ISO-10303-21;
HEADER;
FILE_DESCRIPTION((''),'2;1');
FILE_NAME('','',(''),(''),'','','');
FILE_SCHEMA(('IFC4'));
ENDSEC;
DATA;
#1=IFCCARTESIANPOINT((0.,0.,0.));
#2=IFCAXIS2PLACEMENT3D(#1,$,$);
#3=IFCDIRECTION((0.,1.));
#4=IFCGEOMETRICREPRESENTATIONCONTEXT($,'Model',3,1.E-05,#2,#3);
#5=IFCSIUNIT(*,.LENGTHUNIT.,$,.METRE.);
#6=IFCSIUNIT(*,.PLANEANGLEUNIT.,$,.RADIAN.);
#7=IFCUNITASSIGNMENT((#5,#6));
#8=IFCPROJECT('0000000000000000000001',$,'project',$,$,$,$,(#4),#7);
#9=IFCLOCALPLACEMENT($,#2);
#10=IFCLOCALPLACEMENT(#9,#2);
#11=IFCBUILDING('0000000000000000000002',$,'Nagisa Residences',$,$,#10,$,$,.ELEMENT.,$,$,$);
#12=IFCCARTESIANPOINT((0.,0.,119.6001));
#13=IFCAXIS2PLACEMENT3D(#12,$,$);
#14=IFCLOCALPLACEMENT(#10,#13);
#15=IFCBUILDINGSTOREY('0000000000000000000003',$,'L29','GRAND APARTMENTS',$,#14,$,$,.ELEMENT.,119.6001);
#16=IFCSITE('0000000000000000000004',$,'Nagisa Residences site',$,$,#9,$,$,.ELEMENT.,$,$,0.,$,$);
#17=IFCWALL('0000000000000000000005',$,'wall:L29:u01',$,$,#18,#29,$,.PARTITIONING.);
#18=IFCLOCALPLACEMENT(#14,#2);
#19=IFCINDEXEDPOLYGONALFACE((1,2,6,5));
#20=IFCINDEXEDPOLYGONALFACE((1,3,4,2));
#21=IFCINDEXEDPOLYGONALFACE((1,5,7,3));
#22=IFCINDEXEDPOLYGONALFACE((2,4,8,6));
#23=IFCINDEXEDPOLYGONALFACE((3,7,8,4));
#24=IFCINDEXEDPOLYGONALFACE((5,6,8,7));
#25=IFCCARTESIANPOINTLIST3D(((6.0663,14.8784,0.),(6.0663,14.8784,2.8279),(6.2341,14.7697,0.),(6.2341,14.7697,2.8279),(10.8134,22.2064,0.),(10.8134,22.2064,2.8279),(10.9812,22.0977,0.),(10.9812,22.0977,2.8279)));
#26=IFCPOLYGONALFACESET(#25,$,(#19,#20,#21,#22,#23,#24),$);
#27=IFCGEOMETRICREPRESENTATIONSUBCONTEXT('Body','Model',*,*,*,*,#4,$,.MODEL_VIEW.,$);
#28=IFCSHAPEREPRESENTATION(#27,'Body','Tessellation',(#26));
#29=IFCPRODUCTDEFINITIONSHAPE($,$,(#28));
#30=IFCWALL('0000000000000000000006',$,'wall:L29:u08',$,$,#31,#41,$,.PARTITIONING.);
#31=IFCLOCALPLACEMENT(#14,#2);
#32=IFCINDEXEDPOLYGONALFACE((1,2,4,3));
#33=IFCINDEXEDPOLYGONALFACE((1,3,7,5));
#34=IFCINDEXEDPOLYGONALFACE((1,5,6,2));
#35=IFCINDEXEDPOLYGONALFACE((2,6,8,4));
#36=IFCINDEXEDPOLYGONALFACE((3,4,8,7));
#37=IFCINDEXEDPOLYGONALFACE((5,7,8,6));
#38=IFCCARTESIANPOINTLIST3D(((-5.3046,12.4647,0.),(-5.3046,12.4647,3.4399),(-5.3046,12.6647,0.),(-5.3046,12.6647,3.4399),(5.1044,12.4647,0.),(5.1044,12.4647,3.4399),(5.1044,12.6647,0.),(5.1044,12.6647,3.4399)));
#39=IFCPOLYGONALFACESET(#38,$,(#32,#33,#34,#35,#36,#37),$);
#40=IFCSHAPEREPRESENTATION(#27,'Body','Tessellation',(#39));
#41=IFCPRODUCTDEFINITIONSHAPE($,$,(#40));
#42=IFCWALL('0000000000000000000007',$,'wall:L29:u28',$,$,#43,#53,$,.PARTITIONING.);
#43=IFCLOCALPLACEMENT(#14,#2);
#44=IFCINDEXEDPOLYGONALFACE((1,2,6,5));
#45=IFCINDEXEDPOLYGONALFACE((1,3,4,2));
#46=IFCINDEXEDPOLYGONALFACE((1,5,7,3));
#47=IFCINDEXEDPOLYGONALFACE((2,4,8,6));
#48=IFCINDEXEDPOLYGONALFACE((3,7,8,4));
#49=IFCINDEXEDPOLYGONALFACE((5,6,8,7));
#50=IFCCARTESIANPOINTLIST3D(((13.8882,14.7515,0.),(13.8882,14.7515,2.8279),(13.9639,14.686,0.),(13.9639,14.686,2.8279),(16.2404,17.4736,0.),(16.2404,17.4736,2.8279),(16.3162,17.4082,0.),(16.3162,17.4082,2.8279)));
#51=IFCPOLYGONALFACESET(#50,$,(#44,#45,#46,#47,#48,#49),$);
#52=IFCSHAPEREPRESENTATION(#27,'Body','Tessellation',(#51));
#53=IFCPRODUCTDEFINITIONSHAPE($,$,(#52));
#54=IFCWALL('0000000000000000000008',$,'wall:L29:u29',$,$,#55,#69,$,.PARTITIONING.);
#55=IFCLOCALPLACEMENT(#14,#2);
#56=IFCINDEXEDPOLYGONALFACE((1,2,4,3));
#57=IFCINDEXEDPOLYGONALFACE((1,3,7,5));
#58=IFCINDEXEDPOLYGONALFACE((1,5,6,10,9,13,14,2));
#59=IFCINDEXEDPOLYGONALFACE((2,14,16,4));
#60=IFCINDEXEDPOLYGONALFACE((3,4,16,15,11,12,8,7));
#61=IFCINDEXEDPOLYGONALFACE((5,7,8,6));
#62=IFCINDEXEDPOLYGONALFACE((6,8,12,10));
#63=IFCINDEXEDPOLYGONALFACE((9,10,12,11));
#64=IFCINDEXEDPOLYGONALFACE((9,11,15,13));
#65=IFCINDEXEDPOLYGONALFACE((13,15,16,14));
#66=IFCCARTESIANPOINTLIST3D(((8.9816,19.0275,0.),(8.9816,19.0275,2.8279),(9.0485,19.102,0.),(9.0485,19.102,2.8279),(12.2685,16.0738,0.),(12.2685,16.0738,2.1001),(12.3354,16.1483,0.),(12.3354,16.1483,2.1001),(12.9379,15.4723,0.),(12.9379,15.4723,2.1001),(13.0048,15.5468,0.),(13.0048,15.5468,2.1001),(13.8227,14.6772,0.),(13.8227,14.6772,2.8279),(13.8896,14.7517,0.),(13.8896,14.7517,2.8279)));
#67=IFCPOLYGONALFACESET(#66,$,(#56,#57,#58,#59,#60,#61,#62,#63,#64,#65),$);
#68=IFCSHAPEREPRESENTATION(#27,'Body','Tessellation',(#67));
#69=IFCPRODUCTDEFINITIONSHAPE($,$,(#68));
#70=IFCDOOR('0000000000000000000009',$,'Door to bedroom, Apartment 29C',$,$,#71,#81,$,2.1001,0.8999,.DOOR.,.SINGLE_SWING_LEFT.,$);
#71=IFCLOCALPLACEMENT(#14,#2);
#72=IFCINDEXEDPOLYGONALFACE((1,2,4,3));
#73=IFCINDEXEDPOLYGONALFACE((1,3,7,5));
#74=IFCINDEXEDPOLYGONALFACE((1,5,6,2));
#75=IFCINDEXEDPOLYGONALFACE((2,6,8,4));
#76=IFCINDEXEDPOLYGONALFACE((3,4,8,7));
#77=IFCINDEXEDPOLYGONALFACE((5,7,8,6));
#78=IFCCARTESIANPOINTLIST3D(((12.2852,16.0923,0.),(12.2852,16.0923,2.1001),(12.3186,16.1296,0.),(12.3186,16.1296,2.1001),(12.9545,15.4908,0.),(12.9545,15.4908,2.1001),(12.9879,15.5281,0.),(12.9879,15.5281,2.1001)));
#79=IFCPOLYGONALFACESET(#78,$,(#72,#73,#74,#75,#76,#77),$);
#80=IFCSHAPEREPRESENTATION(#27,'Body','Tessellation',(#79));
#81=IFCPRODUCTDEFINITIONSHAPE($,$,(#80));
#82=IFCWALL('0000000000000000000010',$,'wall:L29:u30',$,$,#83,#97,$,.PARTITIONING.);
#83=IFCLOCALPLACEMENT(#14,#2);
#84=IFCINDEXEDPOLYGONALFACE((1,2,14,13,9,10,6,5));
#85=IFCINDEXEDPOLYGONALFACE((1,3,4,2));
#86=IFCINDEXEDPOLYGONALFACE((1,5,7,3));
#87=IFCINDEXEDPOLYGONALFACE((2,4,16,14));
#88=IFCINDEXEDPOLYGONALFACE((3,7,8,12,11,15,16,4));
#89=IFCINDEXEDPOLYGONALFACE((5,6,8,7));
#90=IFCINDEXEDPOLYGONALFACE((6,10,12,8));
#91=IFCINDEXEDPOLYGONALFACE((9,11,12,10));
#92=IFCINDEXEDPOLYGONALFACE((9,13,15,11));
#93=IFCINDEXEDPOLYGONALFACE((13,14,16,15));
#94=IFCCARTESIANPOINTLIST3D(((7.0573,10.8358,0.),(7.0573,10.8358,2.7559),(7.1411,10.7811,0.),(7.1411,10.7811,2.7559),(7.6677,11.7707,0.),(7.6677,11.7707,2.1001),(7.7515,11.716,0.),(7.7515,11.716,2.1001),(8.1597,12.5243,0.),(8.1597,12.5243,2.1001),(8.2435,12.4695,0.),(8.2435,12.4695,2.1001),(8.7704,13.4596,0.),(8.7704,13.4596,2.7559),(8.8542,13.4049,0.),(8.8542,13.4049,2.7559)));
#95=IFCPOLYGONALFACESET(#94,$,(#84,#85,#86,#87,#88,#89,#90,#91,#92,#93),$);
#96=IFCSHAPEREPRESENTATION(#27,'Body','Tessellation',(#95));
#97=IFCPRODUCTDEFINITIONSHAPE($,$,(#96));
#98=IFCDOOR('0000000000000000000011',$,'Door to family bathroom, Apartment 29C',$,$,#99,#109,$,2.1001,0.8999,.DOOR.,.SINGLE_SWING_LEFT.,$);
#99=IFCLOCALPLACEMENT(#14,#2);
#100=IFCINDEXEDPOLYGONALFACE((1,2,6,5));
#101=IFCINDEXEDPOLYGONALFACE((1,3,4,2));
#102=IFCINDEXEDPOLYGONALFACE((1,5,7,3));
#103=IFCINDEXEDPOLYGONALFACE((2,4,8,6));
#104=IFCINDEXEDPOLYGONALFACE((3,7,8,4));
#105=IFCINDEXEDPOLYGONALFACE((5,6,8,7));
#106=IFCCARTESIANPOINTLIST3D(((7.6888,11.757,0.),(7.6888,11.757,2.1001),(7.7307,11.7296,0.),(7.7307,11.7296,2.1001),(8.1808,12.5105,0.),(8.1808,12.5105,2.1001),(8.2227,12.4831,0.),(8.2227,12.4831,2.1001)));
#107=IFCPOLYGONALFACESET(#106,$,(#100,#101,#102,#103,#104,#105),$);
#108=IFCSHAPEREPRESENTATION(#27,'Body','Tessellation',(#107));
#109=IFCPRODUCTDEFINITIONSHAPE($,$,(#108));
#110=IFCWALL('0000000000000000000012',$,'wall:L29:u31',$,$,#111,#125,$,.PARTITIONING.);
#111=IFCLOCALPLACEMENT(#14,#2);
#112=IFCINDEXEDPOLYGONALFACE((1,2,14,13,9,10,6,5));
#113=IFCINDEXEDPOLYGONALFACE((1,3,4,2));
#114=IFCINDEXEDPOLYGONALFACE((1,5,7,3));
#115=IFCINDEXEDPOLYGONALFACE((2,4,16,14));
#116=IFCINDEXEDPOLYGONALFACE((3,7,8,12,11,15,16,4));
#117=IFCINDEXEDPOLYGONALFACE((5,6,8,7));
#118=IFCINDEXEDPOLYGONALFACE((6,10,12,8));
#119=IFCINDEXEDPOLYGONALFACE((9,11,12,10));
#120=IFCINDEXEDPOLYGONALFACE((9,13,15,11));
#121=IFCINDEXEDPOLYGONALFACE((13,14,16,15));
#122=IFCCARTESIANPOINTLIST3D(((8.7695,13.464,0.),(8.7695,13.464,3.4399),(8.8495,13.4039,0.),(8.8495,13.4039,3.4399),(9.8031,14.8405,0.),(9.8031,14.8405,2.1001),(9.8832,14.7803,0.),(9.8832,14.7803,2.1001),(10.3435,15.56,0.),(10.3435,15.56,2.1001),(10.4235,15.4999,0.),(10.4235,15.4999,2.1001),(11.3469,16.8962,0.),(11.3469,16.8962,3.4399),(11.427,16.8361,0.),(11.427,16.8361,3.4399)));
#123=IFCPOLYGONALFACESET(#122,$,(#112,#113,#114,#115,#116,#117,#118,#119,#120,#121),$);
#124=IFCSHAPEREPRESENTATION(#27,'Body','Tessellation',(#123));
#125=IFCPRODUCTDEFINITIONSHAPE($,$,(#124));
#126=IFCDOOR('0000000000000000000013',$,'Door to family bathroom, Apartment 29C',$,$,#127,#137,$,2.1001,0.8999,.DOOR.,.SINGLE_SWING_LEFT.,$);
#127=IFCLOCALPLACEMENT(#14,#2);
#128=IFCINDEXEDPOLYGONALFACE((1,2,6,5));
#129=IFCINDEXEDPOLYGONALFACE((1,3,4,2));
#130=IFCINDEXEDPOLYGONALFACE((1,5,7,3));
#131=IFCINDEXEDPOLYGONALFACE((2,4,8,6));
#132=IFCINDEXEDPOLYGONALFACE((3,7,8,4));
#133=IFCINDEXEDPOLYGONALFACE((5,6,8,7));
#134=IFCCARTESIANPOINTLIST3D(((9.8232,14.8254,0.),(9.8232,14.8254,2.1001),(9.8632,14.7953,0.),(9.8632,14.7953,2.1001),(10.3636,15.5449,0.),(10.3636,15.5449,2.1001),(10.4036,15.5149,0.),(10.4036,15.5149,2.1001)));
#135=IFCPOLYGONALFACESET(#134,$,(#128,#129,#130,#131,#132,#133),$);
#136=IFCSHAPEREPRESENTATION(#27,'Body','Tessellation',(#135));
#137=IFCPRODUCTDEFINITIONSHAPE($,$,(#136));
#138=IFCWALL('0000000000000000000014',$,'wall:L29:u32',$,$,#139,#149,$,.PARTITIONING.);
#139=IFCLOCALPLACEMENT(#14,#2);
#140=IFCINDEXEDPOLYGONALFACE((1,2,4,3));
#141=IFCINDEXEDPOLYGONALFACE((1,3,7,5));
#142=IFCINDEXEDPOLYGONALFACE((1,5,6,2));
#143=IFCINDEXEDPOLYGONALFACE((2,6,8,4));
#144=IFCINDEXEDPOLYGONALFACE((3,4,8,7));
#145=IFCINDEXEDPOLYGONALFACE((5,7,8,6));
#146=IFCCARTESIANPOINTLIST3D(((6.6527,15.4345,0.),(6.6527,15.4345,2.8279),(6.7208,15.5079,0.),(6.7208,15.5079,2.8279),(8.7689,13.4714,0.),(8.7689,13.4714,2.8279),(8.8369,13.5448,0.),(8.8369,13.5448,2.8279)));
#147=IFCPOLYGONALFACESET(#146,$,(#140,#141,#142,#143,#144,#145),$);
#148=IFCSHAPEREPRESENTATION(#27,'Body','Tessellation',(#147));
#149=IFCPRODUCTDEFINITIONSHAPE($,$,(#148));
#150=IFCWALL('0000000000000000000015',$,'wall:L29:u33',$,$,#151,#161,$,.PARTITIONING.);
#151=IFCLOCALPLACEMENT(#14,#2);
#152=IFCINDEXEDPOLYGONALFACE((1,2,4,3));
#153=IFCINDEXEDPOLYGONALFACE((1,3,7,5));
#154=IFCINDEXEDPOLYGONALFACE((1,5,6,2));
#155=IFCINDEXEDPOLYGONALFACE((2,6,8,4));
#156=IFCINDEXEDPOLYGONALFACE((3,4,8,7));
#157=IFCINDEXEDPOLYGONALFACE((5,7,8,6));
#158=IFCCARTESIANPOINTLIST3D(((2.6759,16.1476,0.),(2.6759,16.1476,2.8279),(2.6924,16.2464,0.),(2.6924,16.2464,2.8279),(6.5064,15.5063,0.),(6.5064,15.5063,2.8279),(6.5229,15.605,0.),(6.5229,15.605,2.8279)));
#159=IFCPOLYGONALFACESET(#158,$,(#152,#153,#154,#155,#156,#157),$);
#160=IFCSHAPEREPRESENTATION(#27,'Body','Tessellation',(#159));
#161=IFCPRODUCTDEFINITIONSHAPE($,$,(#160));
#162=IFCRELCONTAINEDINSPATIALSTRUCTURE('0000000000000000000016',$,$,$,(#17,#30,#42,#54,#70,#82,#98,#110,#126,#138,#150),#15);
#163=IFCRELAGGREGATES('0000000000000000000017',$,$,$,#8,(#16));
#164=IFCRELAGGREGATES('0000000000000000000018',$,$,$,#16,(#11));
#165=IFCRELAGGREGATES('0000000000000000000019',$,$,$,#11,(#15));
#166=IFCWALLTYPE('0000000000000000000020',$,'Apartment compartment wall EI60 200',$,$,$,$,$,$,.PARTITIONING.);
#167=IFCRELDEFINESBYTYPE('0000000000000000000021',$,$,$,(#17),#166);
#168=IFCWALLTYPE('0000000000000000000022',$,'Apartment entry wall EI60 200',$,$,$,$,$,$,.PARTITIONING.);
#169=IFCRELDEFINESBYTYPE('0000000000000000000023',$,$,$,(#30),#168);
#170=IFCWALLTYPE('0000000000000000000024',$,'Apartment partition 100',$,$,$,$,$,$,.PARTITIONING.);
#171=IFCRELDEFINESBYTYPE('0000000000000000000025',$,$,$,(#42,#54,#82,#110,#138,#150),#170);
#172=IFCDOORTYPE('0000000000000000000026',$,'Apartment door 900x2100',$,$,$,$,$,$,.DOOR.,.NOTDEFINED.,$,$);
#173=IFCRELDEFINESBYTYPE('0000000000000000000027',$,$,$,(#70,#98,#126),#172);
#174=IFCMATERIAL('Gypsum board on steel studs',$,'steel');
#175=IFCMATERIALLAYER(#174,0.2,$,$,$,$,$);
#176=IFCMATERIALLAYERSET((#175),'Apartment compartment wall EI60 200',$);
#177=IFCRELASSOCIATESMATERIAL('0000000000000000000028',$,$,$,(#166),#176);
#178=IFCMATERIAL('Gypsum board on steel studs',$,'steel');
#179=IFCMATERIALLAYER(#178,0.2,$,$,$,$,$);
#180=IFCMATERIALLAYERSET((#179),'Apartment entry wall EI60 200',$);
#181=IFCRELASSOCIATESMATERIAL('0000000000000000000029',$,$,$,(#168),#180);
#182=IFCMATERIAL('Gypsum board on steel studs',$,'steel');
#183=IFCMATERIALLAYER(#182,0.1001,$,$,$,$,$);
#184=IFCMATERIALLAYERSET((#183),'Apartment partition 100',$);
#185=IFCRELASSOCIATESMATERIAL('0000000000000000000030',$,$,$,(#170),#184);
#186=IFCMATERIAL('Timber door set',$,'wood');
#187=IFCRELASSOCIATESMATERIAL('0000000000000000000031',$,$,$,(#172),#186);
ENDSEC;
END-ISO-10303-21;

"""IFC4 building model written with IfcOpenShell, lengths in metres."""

from ifc_helpers import new_model, si_unit, direction, frame, frame_2d, origin, place, context, subcontext, project, spatial, rectangle, extrude, material, layer, layer_set, type_object, element, fill, save


model = new_model("IFC4")

# Units and contexts
model_context = context("Model", 3, precision=1e-05, world=origin(), true_north=direction((0.0, 1.0)))
body_context = subcontext(model_context, "Body", "Model", "MODEL_VIEW")
ifc_project = project(units=[si_unit("LENGTHUNIT", "METRE"), si_unit("PLANEANGLEUNIT", "RADIAN")], contexts=[model_context])

# Site, building, storey
site_placement = place(None, origin())
site = spatial("IfcSite", under=ifc_project, at=site_placement, Name="Nagisa Residences site", CompositionType="ELEMENT", RefElevation=0.0)
building_placement = place(site_placement, origin())
building = spatial("IfcBuilding", under=site, at=building_placement, Name="Nagisa Residences", CompositionType="ELEMENT")
storey_placement = place(building_placement, frame((0.0, 0.0, 119.6001)))
storey = spatial("IfcBuildingStorey", under=building, at=storey_placement, Name="L29", Description="GRAND APARTMENTS", CompositionType="ELEMENT", Elevation=119.6001)

# Walls
ifc_material_1 = material(Name="Gypsum board on steel studs", Category="steel")
ifc_layer_1 = layer(ifc_material_1, 0.2)
ifc_layer_set_1 = layer_set([ifc_layer_1], Name="Apartment compartment wall EI60 200")
wall_type_1 = type_object("IfcWallType", Name="Apartment compartment wall EI60 200", PredefinedType="PARTITIONING", material=ifc_layer_set_1)
wall_1_placement = place(storey_placement, frame((6.1501, 14.824, 0.0), z_axis=(0.0, 0.0, 1.0), x_axis=(0.543695, 0.839283, 0.0)))
element("IfcWall", 1, at=wall_1_placement, inside=storey, type_object=wall_type_1, Name="wall:L29:u01", PredefinedType="PARTITIONING", context=body_context, shape_type="SweptSolid", body=[
    extrude(rectangle(XDim=8.7312, YDim=0.2, at=frame_2d((4.3657, 0.0))), origin(), (0.0, 0.0, 1.0), 2.8279),
])
ifc_material_2 = material(Name="Gypsum board on steel studs", Category="steel")
ifc_layer_2 = layer(ifc_material_2, 0.2)
ifc_layer_set_2 = layer_set([ifc_layer_2], Name="Apartment entry wall EI60 200")
wall_type_2 = type_object("IfcWallType", Name="Apartment entry wall EI60 200", PredefinedType="PARTITIONING", material=ifc_layer_set_2)
wall_2_placement = place(storey_placement, frame((5.1045, 12.5647, 0.0), z_axis=(0.0, 0.0, 1.0), x_axis=(-1.0, 0.0, 0.0)))
element("IfcWall", 2, at=wall_2_placement, inside=storey, type_object=wall_type_2, Name="wall:L29:u08", PredefinedType="PARTITIONING", context=body_context, shape_type="SweptSolid", body=[
    extrude(rectangle(XDim=10.4089, YDim=0.2, at=frame_2d((5.2046, 0.0))), origin(), (0.0, 0.0, 1.0), 3.4399),
])
ifc_material_3 = material(Name="Gypsum board on steel studs", Category="steel")
ifc_layer_3 = layer(ifc_material_3, 0.1001)
ifc_layer_set_3 = layer_set([ifc_layer_3], Name="Apartment partition 100")
wall_type_3 = type_object("IfcWallType", Name="Apartment partition 100", PredefinedType="PARTITIONING", material=ifc_layer_set_3)
wall_3_placement = place(storey_placement, frame((13.926, 14.7188, 0.0), z_axis=(0.0, 0.0, 1.0), x_axis=(0.653832, 0.75664, 0.0)))
element("IfcWall", 3, at=wall_3_placement, inside=storey, type_object=wall_type_3, Name="wall:L29:u28", PredefinedType="PARTITIONING", context=body_context, shape_type="SweptSolid", body=[
    extrude(rectangle(XDim=3.5977, YDim=0.1001, at=frame_2d((1.7988, 0.0))), origin(), (0.0, 0.0, 1.0), 2.8279),
])

# Walls, openings, doors
wall_4_placement = place(storey_placement, frame((13.8562, 14.7144, 0.0), z_axis=(0.0, 0.0, 1.0), x_axis=(-0.743799, 0.668403, 0.0)))
wall_4 = element("IfcWall", 4, at=wall_4_placement, inside=storey, type_object=wall_type_3, Name="wall:L29:u29", PredefinedType="PARTITIONING", context=body_context, shape_type="SweptSolid", body=[
    extrude(rectangle(XDim=6.5085, YDim=0.1001, at=frame_2d((3.2544, 0.0))), origin(), (0.0, 0.0, 1.0), 2.8279),
])
opening_1_placement = place(wall_4_placement, frame((1.1897, 0.0, 0.0)))
opening_1 = element("IfcOpeningElement", 5, at=opening_1_placement, cuts=wall_4, PredefinedType="OPENING", context=body_context, shape_type="SweptSolid", body=[
    extrude(rectangle(XDim=0.8999, YDim=2.1001, at=frame_2d((0.45, 1.05))), frame((0.0, 0.0601, 0.0), z_axis=(0.0, -1.0, 0.0), x_axis=(1.0, 0.0, 0.0)), (0.0, 0.0, 1.0), 0.1201),
])
ifc_material_4 = material(Name="Timber door set", Category="wood")
door_type_1 = type_object("IfcDoorType", Name="Apartment door 900x2100", OperationType="NOTDEFINED", PredefinedType="DOOR", material=ifc_material_4)
door_1_placement = place(opening_1_placement, frame((0.8999, 0.0, 0.0), x_axis=(-1.0, 0.0, 0.0)))
door_1 = element("IfcDoor", 6, at=door_1_placement, inside=storey, type_object=door_type_1, Name="Door to bedroom, Apartment 29C", OperationType="SINGLE_SWING_LEFT", OverallHeight=2.1001, OverallWidth=0.8999, PredefinedType="DOOR", context=body_context, shape_type="SweptSolid", body=[
    extrude(rectangle(XDim=0.8999, YDim=2.1001, at=frame_2d((0.45, 1.05))), frame((0.0, 0.0249, 0.0), z_axis=(0.0, -1.0, 0.0), x_axis=(1.0, 0.0, 0.0)), (0.0, 0.0, 1.0), 0.05),
])
fill(opening_1, door_1)
wall_5_placement = place(storey_placement, frame((7.0991, 10.8083, 0.0), z_axis=(0.0, 0.0, 1.0), x_axis=(0.54671, 0.837322, 0.0)))
wall_5 = element("IfcWall", 7, at=wall_5_placement, inside=storey, type_object=wall_type_3, Name="wall:L29:u30", PredefinedType="PARTITIONING", context=body_context, shape_type="SweptSolid", body=[
    extrude(rectangle(XDim=3.1335, YDim=0.1001, at=frame_2d((1.5669, 0.0))), origin(), (0.0, 0.0, 1.0), 2.7559),
])
opening_2_placement = place(wall_5_placement, frame((1.1167, 0.0, 0.0)))
opening_2 = element("IfcOpeningElement", 8, at=opening_2_placement, cuts=wall_5, PredefinedType="OPENING", context=body_context, shape_type="SweptSolid", body=[
    extrude(rectangle(XDim=0.8999, YDim=2.1001, at=frame_2d((0.45, 1.05))), frame((0.0, 0.0601, 0.0), z_axis=(0.0, -1.0, 0.0), x_axis=(1.0, 0.0, 0.0)), (0.0, 0.0, 1.0), 0.1201),
])
door_2_placement = place(opening_2_placement, origin())
door_2 = element("IfcDoor", 9, at=door_2_placement, inside=storey, type_object=door_type_1, Name="Door to family bathroom, Apartment 29C", OperationType="SINGLE_SWING_LEFT", OverallHeight=2.1001, OverallWidth=0.8999, PredefinedType="DOOR", context=body_context, shape_type="SweptSolid", body=[
    extrude(rectangle(XDim=0.8999, YDim=2.1001, at=frame_2d((0.45, 1.05))), frame((0.0, 0.0249, 0.0), z_axis=(0.0, -1.0, 0.0), x_axis=(1.0, 0.0, 0.0)), (0.0, 0.0, 1.0), 0.05),
])
fill(opening_2, door_2)
wall_6_placement = place(storey_placement, frame((8.8096, 13.4341, 0.0), z_axis=(0.0, 0.0, 1.0), x_axis=(0.600491, 0.799631, 0.0)))
wall_6 = element("IfcWall", 10, at=wall_6_placement, inside=storey, type_object=wall_type_3, Name="wall:L29:u31", PredefinedType="PARTITIONING", context=body_context, shape_type="SweptSolid", body=[
    extrude(rectangle(XDim=4.2922, YDim=0.1001, at=frame_2d((2.146, 0.0))), origin(), (0.0, 0.0, 1.0), 3.4399),
])
opening_3_placement = place(wall_6_placement, frame((1.7212, 0.0, 0.0)))
opening_3 = element("IfcOpeningElement", 11, at=opening_3_placement, cuts=wall_6, PredefinedType="OPENING", context=body_context, shape_type="SweptSolid", body=[
    extrude(rectangle(XDim=0.8999, YDim=2.1001, at=frame_2d((0.45, 1.05))), frame((0.0, 0.0601, 0.0), z_axis=(0.0, -1.0, 0.0), x_axis=(1.0, 0.0, 0.0)), (0.0, 0.0, 1.0), 0.1201),
])
door_3_placement = place(opening_3_placement, origin())
door_3 = element("IfcDoor", 12, at=door_3_placement, inside=storey, type_object=door_type_1, Name="Door to family bathroom, Apartment 29C", OperationType="SINGLE_SWING_LEFT", OverallHeight=2.1001, OverallWidth=0.8999, PredefinedType="DOOR", context=body_context, shape_type="SweptSolid", body=[
    extrude(rectangle(XDim=0.8999, YDim=2.1001, at=frame_2d((0.45, 1.05))), frame((0.0, 0.0249, 0.0), z_axis=(0.0, -1.0, 0.0), x_axis=(1.0, 0.0, 0.0)), (0.0, 0.0, 1.0), 0.05),
])
fill(opening_3, door_3)

# Walls
wall_7_placement = place(storey_placement, frame((8.803, 13.5081, 0.0), z_axis=(0.0, 0.0, 1.0), x_axis=(-0.733125, 0.680094, 0.0)))
element("IfcWall", 13, at=wall_7_placement, inside=storey, type_object=wall_type_3, Name="wall:L29:u32", PredefinedType="PARTITIONING", context=body_context, shape_type="SweptSolid", body=[
    extrude(rectangle(XDim=2.8865, YDim=0.1001, at=frame_2d((1.4434, 0.0))), origin(), (0.0, 0.0, 1.0), 2.8279),
])
wall_8_placement = place(storey_placement, frame((6.5146, 15.5557, 0.0), z_axis=(0.0, 0.0, 1.0), x_axis=(-0.986271, 0.165133, 0.0)))
element("IfcWall", 14, at=wall_8_placement, inside=storey, type_object=wall_type_3, Name="wall:L29:u33", PredefinedType="PARTITIONING", context=body_context, shape_type="SweptSolid", body=[
    extrude(rectangle(XDim=3.8838, YDim=0.1001, at=frame_2d((1.9419, 0.0))), origin(), (0.0, 0.0, 1.0), 2.8279),
])

save(model, "model.ifc")
